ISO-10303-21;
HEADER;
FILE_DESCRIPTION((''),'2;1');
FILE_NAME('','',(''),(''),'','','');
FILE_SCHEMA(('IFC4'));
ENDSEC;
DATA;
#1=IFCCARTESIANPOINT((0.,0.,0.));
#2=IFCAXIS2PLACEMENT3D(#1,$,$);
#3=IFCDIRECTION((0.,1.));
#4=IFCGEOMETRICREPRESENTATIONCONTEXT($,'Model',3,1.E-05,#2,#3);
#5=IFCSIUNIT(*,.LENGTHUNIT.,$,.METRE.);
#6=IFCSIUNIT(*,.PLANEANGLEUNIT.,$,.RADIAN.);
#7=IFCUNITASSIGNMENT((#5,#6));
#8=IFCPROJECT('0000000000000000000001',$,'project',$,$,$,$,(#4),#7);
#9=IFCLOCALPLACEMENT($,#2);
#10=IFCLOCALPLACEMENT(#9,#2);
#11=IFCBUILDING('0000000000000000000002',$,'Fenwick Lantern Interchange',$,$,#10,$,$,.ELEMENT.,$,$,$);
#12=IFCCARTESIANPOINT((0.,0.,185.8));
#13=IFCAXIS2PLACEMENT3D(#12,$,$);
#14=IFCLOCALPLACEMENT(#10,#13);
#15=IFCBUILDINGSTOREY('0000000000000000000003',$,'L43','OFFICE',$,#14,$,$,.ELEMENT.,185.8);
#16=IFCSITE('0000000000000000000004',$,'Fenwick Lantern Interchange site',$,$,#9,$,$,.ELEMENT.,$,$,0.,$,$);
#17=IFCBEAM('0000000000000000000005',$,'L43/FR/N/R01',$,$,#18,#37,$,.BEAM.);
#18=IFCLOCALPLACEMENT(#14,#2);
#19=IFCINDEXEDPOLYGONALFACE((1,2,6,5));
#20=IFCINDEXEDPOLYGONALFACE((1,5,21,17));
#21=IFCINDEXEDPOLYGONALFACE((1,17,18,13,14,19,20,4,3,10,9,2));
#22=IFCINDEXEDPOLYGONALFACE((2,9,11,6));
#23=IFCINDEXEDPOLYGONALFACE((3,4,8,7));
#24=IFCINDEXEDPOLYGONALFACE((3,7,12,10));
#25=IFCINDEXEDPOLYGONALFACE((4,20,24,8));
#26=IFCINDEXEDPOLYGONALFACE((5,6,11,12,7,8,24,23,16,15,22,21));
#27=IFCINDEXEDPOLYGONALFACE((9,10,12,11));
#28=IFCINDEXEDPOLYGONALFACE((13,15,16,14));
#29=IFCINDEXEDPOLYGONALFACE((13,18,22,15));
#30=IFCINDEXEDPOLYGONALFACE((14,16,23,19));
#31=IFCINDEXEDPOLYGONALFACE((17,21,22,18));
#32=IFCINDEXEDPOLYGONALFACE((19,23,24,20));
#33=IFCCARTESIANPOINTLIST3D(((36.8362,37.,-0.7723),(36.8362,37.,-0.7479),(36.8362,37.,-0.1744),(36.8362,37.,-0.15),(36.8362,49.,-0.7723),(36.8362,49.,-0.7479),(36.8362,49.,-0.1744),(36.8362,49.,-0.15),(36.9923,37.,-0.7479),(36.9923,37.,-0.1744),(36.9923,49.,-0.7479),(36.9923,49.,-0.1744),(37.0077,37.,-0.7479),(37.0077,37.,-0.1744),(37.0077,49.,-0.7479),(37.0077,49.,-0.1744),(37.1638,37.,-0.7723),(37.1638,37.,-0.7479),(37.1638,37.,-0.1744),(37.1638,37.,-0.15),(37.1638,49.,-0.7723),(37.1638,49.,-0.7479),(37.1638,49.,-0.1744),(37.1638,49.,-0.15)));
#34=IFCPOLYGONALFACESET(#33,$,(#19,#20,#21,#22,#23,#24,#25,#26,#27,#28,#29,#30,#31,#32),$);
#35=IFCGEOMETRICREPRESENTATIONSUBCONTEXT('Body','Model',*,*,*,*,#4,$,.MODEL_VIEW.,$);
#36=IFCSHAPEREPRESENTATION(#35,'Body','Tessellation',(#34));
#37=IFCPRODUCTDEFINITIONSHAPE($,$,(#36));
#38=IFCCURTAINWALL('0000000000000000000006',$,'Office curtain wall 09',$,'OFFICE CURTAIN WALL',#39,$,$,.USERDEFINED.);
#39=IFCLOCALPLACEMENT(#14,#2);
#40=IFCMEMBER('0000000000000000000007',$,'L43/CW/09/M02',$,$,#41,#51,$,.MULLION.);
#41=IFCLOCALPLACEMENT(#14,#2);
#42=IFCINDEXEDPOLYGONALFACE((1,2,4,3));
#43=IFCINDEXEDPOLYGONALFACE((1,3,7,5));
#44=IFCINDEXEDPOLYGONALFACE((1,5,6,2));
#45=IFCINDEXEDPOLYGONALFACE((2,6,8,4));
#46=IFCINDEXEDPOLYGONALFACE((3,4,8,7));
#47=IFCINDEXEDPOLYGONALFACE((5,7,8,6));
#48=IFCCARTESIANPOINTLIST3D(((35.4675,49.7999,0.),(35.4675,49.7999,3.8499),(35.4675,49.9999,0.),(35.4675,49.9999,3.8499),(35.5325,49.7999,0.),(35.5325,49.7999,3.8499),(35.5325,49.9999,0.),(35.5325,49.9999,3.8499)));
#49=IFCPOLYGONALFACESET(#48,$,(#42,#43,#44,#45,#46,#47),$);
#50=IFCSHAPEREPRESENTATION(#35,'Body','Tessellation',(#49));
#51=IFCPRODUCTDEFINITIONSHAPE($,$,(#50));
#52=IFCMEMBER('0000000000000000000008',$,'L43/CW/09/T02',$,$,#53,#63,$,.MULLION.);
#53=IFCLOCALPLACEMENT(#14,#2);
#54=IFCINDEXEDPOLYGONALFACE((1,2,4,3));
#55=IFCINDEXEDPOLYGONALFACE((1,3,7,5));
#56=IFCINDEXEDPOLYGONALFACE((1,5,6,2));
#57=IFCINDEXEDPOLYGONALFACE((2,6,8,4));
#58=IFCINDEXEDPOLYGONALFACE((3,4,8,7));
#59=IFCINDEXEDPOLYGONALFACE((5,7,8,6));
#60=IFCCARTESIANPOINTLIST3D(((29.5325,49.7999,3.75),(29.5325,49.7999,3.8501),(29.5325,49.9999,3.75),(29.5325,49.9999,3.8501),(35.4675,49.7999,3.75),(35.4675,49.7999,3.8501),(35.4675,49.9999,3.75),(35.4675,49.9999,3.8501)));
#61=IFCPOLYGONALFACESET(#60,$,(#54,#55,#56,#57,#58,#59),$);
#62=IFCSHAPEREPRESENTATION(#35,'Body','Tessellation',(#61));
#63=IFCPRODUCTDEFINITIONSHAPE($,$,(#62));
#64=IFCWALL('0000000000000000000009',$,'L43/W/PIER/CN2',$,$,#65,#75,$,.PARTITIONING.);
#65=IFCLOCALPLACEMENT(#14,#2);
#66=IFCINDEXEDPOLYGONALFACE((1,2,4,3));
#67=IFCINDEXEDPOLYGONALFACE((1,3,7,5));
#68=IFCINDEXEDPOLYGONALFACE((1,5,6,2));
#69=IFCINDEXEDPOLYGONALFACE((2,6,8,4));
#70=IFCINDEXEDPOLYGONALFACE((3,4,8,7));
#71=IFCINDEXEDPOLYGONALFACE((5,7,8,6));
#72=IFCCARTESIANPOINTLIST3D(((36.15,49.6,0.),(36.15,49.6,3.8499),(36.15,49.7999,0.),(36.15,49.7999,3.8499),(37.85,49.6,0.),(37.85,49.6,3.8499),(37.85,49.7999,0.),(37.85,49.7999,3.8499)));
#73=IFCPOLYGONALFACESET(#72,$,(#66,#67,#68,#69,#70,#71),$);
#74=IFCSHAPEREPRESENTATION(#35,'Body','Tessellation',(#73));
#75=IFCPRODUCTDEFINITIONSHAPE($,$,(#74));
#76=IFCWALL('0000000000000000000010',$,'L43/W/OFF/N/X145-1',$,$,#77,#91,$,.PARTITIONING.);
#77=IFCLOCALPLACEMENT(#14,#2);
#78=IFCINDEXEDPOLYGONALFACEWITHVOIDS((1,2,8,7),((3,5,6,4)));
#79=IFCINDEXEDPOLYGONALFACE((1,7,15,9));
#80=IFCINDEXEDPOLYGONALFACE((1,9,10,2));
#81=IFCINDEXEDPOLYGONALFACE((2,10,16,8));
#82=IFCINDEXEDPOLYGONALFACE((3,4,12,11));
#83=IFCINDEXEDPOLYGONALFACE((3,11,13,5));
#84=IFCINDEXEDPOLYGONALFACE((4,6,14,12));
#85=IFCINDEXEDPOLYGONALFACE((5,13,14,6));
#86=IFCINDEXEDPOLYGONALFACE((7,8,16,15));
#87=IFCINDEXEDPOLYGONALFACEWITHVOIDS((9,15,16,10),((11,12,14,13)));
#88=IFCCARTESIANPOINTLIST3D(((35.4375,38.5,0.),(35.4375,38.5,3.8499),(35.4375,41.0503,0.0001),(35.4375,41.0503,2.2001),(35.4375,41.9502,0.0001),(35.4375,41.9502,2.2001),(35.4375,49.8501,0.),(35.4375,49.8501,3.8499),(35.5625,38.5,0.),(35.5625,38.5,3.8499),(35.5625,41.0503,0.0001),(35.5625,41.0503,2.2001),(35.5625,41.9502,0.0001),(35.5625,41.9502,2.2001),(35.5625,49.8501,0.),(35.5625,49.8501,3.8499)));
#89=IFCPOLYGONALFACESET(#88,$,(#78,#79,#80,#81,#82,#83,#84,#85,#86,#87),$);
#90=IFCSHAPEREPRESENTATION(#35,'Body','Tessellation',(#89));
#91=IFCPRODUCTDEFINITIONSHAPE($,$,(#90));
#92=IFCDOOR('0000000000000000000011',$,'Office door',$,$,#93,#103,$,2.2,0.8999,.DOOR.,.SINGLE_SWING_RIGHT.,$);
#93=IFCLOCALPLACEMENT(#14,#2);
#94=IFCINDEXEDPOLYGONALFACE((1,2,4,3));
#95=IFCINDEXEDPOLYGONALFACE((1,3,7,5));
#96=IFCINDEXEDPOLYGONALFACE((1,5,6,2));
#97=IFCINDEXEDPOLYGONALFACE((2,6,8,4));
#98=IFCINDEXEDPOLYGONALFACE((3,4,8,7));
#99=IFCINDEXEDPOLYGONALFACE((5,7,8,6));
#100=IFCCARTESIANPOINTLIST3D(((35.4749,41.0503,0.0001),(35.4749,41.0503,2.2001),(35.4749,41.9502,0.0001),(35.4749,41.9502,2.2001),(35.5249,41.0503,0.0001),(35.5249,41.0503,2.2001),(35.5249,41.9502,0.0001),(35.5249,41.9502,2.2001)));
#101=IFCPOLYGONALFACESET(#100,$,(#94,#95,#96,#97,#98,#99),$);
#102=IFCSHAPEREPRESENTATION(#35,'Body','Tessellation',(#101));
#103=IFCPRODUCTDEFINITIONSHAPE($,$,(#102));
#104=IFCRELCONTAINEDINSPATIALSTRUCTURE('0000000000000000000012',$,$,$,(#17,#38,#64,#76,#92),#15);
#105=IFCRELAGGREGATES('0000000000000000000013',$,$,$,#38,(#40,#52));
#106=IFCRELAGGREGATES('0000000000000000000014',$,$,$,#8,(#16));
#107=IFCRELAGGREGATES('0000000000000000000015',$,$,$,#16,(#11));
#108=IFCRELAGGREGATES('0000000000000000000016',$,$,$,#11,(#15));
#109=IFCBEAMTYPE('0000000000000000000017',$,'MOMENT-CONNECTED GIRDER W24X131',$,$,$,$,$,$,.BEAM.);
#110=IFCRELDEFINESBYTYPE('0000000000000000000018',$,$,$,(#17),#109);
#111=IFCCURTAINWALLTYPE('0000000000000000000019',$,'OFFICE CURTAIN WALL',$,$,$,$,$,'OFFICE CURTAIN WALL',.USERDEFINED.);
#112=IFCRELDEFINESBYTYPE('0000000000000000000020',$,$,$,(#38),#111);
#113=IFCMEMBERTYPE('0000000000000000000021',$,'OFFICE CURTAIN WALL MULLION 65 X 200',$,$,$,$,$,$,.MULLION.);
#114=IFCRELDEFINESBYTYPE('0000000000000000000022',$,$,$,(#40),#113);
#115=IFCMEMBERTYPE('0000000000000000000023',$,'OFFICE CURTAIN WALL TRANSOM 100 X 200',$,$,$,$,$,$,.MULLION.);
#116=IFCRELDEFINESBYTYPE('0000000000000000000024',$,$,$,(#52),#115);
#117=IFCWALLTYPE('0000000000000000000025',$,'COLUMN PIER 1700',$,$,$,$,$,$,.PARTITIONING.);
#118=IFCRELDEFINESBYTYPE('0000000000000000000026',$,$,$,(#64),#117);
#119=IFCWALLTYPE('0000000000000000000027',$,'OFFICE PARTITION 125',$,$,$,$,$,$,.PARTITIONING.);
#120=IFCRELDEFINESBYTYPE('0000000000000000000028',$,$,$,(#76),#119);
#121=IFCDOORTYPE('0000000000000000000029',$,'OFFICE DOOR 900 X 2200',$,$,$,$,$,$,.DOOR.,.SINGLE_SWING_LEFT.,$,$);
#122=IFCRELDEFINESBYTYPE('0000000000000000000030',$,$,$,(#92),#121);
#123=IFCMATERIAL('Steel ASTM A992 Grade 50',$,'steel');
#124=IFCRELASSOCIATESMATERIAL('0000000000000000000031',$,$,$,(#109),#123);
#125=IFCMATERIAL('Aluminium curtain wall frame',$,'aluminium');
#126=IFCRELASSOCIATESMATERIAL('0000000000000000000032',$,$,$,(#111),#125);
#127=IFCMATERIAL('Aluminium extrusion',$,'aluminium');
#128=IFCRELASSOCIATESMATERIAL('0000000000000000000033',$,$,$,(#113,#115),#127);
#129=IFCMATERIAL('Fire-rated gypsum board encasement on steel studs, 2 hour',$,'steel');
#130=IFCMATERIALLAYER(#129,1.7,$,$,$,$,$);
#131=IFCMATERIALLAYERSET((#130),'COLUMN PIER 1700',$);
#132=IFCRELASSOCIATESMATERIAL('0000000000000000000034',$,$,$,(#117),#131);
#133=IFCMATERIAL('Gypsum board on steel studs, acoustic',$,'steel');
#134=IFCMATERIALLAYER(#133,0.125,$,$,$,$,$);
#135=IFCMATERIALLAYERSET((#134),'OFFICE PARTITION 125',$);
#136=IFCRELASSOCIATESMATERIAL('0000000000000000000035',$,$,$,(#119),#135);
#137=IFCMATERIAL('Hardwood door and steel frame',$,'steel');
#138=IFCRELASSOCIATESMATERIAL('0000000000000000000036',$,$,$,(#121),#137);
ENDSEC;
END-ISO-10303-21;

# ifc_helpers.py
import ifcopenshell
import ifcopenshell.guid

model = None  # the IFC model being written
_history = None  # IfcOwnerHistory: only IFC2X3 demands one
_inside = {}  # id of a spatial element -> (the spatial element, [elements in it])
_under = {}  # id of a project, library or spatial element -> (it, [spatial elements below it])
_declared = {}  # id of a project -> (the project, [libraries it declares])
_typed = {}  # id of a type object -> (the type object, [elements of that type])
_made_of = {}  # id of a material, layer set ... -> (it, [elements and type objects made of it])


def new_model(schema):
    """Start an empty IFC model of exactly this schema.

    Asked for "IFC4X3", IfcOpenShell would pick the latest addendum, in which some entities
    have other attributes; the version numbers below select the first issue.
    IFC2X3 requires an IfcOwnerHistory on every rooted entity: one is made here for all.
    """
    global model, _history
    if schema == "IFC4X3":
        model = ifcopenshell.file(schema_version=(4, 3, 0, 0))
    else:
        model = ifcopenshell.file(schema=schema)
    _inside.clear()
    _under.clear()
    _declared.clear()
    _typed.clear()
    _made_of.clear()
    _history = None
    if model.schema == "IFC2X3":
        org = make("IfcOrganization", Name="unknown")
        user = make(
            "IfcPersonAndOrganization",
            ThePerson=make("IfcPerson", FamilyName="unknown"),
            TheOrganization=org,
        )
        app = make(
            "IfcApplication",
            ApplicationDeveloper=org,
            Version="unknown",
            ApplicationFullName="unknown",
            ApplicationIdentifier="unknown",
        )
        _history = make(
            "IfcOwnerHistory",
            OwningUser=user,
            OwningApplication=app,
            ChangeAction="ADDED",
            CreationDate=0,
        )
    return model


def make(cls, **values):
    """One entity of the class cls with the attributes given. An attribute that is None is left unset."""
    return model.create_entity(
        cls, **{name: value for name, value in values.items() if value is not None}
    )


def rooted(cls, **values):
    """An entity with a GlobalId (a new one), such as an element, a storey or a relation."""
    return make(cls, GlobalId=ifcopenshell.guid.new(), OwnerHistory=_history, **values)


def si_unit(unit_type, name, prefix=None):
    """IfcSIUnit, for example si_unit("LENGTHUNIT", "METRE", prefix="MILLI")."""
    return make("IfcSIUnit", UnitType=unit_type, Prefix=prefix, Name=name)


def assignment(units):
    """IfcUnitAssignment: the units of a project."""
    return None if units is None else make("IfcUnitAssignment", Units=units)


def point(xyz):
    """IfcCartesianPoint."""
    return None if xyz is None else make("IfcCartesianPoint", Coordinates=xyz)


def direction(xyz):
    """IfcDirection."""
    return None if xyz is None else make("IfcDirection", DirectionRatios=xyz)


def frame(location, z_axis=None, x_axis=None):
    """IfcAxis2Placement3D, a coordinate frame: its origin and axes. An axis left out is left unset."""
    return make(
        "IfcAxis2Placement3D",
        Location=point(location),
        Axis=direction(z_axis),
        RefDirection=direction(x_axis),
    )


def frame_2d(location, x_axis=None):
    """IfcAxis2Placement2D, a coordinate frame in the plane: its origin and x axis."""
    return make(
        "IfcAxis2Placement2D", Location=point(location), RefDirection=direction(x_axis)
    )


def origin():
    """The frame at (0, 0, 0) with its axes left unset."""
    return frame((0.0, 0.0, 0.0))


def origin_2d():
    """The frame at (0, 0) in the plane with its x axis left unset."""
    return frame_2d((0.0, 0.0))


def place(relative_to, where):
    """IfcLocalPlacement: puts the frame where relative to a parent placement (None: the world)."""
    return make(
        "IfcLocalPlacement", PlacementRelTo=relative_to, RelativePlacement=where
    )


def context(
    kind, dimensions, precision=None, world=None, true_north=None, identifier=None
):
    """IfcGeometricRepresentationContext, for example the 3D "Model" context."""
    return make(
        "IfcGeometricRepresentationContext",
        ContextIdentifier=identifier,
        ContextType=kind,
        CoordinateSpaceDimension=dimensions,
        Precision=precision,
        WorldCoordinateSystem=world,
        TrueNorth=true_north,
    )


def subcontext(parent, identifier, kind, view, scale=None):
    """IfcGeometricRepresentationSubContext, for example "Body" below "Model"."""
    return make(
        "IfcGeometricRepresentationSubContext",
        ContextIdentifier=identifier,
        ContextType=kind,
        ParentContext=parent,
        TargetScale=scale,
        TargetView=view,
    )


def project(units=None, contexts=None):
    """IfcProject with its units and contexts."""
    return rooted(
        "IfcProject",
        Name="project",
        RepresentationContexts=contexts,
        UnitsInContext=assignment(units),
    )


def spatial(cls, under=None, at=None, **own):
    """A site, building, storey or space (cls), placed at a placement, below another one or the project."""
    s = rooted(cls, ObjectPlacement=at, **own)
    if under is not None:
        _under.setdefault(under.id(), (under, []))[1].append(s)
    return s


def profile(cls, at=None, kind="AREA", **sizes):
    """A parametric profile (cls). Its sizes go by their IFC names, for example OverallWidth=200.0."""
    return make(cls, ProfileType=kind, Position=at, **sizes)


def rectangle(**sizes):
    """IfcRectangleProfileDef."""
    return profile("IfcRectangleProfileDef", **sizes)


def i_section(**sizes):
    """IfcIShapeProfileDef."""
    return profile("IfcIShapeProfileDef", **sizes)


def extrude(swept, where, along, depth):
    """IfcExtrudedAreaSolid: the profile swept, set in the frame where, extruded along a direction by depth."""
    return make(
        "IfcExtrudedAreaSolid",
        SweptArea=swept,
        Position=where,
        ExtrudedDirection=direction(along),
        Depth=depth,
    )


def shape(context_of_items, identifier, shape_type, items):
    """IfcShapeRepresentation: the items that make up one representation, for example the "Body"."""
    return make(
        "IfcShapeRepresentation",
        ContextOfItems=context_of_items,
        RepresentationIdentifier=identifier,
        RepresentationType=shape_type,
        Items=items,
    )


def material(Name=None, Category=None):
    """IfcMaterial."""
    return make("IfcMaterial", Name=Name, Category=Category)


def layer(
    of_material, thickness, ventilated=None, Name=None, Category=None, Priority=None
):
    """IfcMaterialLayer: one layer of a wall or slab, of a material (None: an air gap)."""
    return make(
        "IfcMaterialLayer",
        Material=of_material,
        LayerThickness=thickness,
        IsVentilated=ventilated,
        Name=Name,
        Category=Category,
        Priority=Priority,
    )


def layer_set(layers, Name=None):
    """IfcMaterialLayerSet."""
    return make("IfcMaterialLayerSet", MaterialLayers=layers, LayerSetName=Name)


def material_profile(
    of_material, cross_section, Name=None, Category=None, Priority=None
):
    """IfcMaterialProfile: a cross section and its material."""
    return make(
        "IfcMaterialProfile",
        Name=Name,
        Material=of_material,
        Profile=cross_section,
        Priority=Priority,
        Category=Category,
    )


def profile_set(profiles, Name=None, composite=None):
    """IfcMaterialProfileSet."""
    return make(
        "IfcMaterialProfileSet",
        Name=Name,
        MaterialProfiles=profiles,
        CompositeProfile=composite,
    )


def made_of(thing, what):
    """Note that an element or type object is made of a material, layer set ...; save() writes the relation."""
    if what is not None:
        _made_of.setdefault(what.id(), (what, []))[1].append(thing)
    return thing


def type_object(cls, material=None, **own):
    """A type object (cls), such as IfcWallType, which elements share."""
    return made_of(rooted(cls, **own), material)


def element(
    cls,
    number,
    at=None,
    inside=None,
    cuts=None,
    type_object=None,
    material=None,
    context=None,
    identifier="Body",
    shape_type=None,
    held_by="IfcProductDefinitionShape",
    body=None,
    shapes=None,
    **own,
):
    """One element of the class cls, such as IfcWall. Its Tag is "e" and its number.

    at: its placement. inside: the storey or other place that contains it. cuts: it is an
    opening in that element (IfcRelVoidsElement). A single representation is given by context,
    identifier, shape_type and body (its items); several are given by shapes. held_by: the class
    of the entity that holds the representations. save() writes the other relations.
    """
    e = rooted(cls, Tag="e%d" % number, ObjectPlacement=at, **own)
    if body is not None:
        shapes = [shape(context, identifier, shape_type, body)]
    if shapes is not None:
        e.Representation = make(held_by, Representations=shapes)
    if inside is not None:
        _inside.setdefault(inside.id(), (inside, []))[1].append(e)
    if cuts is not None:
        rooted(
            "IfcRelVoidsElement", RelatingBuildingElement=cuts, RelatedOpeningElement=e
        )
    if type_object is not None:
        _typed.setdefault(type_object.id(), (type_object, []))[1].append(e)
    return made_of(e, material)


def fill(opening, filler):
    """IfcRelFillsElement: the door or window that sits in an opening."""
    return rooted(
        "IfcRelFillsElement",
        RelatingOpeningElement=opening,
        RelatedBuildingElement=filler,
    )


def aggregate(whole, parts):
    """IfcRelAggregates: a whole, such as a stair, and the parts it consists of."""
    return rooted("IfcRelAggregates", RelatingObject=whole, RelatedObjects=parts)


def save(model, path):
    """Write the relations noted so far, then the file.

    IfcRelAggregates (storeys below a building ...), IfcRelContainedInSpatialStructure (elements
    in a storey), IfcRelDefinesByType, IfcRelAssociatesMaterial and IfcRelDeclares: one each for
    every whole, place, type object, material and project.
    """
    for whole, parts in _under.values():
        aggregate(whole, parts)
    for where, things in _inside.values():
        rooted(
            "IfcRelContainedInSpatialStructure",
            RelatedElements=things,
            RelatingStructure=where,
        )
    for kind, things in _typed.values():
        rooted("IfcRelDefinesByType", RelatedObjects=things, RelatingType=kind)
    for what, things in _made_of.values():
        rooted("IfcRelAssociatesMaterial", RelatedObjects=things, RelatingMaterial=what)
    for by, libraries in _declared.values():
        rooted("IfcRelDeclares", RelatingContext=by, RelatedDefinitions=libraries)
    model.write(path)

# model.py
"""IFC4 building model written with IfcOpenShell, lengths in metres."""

from ifc_helpers import new_model, si_unit, direction, frame, frame_2d, origin, origin_2d, place, context, subcontext, project, spatial, rectangle, i_section, extrude, material, layer, layer_set, material_profile, profile_set, type_object, element, fill, aggregate, save


model = new_model("IFC4")

# Units and contexts
model_context = context("Model", 3, precision=1e-05, world=origin(), true_north=direction((0.0, 1.0)))
body_context = subcontext(model_context, "Body", "Model", "MODEL_VIEW")
ifc_project = project(units=[si_unit("LENGTHUNIT", "METRE"), si_unit("PLANEANGLEUNIT", "RADIAN")], contexts=[model_context])

# Site, building, storey
site_placement = place(None, origin())
site = spatial("IfcSite", under=ifc_project, at=site_placement, Name="Fenwick Lantern Interchange site", CompositionType="ELEMENT", RefElevation=0.0)
building_placement = place(site_placement, origin())
building = spatial("IfcBuilding", under=site, at=building_placement, Name="Fenwick Lantern Interchange", CompositionType="ELEMENT")
storey_placement = place(building_placement, frame((0.0, 0.0, 185.8)))
storey = spatial("IfcBuildingStorey", under=building, at=storey_placement, Name="L43", Description="OFFICE", CompositionType="ELEMENT", Elevation=185.8)

# Beam
ifc_material_1 = material(Name="Steel ASTM A992 Grade 50", Category="steel")
ifc_material_profile_1 = material_profile(ifc_material_1, i_section(OverallWidth=0.3276, OverallDepth=0.6223, WebThickness=0.0154, FlangeThickness=0.0244, at=origin_2d()), Name="W24X131")
ifc_profile_set_1 = profile_set([ifc_material_profile_1], Name="Steel ASTM A992 Grade 50")
beam_type_1 = type_object("IfcBeamType", Name="MOMENT-CONNECTED GIRDER W24X131", PredefinedType="BEAM", material=ifc_profile_set_1)
beam_1_placement = place(storey_placement, frame((37.0, 49.0, -0.4612), z_axis=(0.0, -1.0, 0.0), x_axis=(1.0, 0.0, 0.0)))
element("IfcBeam", 1, at=beam_1_placement, inside=storey, type_object=beam_type_1, Name="L43/FR/N/R01", PredefinedType="BEAM", context=body_context, shape_type="SweptSolid", body=[
    extrude(i_section(OverallWidth=0.3276, OverallDepth=0.6223, WebThickness=0.0154, FlangeThickness=0.0244, at=origin_2d()), origin(), (0.0, 0.0, 1.0), 12.0),
])

# Curtain wall, members
ifc_material_2 = material(Name="Aluminium curtain wall frame", Category="aluminium")
curtain_wall_type = type_object("IfcCurtainWallType", Name="OFFICE CURTAIN WALL", ElementType="OFFICE CURTAIN WALL", PredefinedType="USERDEFINED", material=ifc_material_2)
curtain_wall_placement = place(storey_placement, origin())
curtain_wall = element("IfcCurtainWall", 2, at=curtain_wall_placement, inside=storey, type_object=curtain_wall_type, Name="Office curtain wall 09", ObjectType="OFFICE CURTAIN WALL", PredefinedType="USERDEFINED")
ifc_material_3 = material(Name="Aluminium extrusion", Category="aluminium")
ifc_material_profile_2 = material_profile(ifc_material_3, rectangle(XDim=0.2, YDim=0.0649, at=origin_2d()), Name="OFFICE CURTAIN WALL MULLION 65 X 200")
ifc_profile_set_2 = profile_set([ifc_material_profile_2], Name="Aluminium extrusion")
member_type_1 = type_object("IfcMemberType", Name="OFFICE CURTAIN WALL MULLION 65 X 200", PredefinedType="MULLION", material=ifc_profile_set_2)
member_1_placement = place(storey_placement, frame((35.5, 49.8999, 0.0), z_axis=(0.0, 0.0, 1.0), x_axis=(0.0, -1.0, 0.0)))
member_1 = element("IfcMember", 3, at=member_1_placement, type_object=member_type_1, Name="L43/CW/09/M02", PredefinedType="MULLION", context=body_context, shape_type="SweptSolid", body=[
    extrude(rectangle(XDim=0.2, YDim=0.0649, at=origin_2d()), origin(), (0.0, 0.0, 1.0), 3.8499),
])
ifc_material_profile_3 = material_profile(ifc_material_3, rectangle(XDim=0.2, YDim=0.1001, at=origin_2d()), Name="OFFICE CURTAIN WALL TRANSOM 100 X 200")
ifc_profile_set_3 = profile_set([ifc_material_profile_3], Name="Aluminium extrusion")
member_type_2 = type_object("IfcMemberType", Name="OFFICE CURTAIN WALL TRANSOM 100 X 200", PredefinedType="MULLION", material=ifc_profile_set_3)
member_2_placement = place(storey_placement, frame((35.4675, 49.8999, 3.8), z_axis=(-1.0, 0.0, 0.0), x_axis=(0.0, -1.0, 0.0)))
member_2 = element("IfcMember", 4, at=member_2_placement, type_object=member_type_2, Name="L43/CW/09/T02", PredefinedType="MULLION", context=body_context, shape_type="SweptSolid", body=[
    extrude(rectangle(XDim=0.2, YDim=0.1001, at=origin_2d()), origin(), (0.0, 0.0, 1.0), 5.9351),
])
aggregate(curtain_wall, [member_1, member_2])

# Wall
ifc_material_4 = material(Name="Fire-rated gypsum board encasement on steel studs, 2 hour", Category="steel")
ifc_layer_1 = layer(ifc_material_4, 1.7)
ifc_layer_set_1 = layer_set([ifc_layer_1], Name="COLUMN PIER 1700")
wall_type_1 = type_object("IfcWallType", Name="COLUMN PIER 1700", PredefinedType="PARTITIONING", material=ifc_layer_set_1)
wall_1_placement = place(storey_placement, frame((37.0, 49.8, 0.0), z_axis=(0.0, 0.0, 1.0), x_axis=(0.0, -1.0, 0.0)))
element("IfcWall", 5, at=wall_1_placement, inside=storey, type_object=wall_type_1, Name="L43/W/PIER/CN2", PredefinedType="PARTITIONING", context=body_context, shape_type="SweptSolid", body=[
    extrude(rectangle(XDim=0.2, YDim=1.7, at=frame_2d((0.1001, 0.0))), origin(), (0.0, 0.0, 1.0), 3.8499),
])

# Wall, opening, door
ifc_material_5 = material(Name="Gypsum board on steel studs, acoustic", Category="steel")
ifc_layer_2 = layer(ifc_material_5, 0.125)
ifc_layer_set_2 = layer_set([ifc_layer_2], Name="OFFICE PARTITION 125")
wall_type_2 = type_object("IfcWallType", Name="OFFICE PARTITION 125", PredefinedType="PARTITIONING", material=ifc_layer_set_2)
wall_2_placement = place(storey_placement, frame((35.5, 49.8501, 0.0), z_axis=(0.0, 0.0, 1.0), x_axis=(0.0, -1.0, 0.0)))
wall_2 = element("IfcWall", 6, at=wall_2_placement, inside=storey, type_object=wall_type_2, Name="L43/W/OFF/N/X145-1", PredefinedType="PARTITIONING", context=body_context, shape_type="SweptSolid", body=[
    extrude(rectangle(XDim=11.3501, YDim=0.125, at=frame_2d((5.675, 0.0))), origin(), (0.0, 0.0, 1.0), 3.8499),
])
opening_1_placement = place(wall_2_placement, frame((7.8999, 0.0, 0.0)))
opening_1 = element("IfcOpeningElement", 7, at=opening_1_placement, cuts=wall_2, PredefinedType="OPENING", context=body_context, shape_type="SweptSolid", body=[
    extrude(rectangle(XDim=0.8999, YDim=2.2, at=frame_2d((0.45, 1.1001))), frame((0.0, 0.0725, 0.0), z_axis=(0.0, -1.0, 0.0), x_axis=(1.0, 0.0, 0.0)), (0.0, 0.0, 1.0), 0.145),
])
ifc_material_6 = material(Name="Hardwood door and steel frame", Category="steel")
door_type = type_object("IfcDoorType", Name="OFFICE DOOR 900 X 2200", OperationType="SINGLE_SWING_LEFT", PredefinedType="DOOR", material=ifc_material_6)
door_1_placement = place(opening_1_placement, origin())
door_1 = element("IfcDoor", 8, at=door_1_placement, inside=storey, type_object=door_type, Name="Office door", OperationType="SINGLE_SWING_RIGHT", OverallHeight=2.2, OverallWidth=0.8999, PredefinedType="DOOR", context=body_context, shape_type="SweptSolid", body=[
    extrude(rectangle(XDim=0.8999, YDim=2.2, at=frame_2d((0.45, 1.1001))), frame((0.0, 0.0249, 0.0), z_axis=(0.0, -1.0, 0.0), x_axis=(1.0, 0.0, 0.0)), (0.0, 0.0, 1.0), 0.05),
])
fill(opening_1, door_1)

save(model, "model.ifc")
